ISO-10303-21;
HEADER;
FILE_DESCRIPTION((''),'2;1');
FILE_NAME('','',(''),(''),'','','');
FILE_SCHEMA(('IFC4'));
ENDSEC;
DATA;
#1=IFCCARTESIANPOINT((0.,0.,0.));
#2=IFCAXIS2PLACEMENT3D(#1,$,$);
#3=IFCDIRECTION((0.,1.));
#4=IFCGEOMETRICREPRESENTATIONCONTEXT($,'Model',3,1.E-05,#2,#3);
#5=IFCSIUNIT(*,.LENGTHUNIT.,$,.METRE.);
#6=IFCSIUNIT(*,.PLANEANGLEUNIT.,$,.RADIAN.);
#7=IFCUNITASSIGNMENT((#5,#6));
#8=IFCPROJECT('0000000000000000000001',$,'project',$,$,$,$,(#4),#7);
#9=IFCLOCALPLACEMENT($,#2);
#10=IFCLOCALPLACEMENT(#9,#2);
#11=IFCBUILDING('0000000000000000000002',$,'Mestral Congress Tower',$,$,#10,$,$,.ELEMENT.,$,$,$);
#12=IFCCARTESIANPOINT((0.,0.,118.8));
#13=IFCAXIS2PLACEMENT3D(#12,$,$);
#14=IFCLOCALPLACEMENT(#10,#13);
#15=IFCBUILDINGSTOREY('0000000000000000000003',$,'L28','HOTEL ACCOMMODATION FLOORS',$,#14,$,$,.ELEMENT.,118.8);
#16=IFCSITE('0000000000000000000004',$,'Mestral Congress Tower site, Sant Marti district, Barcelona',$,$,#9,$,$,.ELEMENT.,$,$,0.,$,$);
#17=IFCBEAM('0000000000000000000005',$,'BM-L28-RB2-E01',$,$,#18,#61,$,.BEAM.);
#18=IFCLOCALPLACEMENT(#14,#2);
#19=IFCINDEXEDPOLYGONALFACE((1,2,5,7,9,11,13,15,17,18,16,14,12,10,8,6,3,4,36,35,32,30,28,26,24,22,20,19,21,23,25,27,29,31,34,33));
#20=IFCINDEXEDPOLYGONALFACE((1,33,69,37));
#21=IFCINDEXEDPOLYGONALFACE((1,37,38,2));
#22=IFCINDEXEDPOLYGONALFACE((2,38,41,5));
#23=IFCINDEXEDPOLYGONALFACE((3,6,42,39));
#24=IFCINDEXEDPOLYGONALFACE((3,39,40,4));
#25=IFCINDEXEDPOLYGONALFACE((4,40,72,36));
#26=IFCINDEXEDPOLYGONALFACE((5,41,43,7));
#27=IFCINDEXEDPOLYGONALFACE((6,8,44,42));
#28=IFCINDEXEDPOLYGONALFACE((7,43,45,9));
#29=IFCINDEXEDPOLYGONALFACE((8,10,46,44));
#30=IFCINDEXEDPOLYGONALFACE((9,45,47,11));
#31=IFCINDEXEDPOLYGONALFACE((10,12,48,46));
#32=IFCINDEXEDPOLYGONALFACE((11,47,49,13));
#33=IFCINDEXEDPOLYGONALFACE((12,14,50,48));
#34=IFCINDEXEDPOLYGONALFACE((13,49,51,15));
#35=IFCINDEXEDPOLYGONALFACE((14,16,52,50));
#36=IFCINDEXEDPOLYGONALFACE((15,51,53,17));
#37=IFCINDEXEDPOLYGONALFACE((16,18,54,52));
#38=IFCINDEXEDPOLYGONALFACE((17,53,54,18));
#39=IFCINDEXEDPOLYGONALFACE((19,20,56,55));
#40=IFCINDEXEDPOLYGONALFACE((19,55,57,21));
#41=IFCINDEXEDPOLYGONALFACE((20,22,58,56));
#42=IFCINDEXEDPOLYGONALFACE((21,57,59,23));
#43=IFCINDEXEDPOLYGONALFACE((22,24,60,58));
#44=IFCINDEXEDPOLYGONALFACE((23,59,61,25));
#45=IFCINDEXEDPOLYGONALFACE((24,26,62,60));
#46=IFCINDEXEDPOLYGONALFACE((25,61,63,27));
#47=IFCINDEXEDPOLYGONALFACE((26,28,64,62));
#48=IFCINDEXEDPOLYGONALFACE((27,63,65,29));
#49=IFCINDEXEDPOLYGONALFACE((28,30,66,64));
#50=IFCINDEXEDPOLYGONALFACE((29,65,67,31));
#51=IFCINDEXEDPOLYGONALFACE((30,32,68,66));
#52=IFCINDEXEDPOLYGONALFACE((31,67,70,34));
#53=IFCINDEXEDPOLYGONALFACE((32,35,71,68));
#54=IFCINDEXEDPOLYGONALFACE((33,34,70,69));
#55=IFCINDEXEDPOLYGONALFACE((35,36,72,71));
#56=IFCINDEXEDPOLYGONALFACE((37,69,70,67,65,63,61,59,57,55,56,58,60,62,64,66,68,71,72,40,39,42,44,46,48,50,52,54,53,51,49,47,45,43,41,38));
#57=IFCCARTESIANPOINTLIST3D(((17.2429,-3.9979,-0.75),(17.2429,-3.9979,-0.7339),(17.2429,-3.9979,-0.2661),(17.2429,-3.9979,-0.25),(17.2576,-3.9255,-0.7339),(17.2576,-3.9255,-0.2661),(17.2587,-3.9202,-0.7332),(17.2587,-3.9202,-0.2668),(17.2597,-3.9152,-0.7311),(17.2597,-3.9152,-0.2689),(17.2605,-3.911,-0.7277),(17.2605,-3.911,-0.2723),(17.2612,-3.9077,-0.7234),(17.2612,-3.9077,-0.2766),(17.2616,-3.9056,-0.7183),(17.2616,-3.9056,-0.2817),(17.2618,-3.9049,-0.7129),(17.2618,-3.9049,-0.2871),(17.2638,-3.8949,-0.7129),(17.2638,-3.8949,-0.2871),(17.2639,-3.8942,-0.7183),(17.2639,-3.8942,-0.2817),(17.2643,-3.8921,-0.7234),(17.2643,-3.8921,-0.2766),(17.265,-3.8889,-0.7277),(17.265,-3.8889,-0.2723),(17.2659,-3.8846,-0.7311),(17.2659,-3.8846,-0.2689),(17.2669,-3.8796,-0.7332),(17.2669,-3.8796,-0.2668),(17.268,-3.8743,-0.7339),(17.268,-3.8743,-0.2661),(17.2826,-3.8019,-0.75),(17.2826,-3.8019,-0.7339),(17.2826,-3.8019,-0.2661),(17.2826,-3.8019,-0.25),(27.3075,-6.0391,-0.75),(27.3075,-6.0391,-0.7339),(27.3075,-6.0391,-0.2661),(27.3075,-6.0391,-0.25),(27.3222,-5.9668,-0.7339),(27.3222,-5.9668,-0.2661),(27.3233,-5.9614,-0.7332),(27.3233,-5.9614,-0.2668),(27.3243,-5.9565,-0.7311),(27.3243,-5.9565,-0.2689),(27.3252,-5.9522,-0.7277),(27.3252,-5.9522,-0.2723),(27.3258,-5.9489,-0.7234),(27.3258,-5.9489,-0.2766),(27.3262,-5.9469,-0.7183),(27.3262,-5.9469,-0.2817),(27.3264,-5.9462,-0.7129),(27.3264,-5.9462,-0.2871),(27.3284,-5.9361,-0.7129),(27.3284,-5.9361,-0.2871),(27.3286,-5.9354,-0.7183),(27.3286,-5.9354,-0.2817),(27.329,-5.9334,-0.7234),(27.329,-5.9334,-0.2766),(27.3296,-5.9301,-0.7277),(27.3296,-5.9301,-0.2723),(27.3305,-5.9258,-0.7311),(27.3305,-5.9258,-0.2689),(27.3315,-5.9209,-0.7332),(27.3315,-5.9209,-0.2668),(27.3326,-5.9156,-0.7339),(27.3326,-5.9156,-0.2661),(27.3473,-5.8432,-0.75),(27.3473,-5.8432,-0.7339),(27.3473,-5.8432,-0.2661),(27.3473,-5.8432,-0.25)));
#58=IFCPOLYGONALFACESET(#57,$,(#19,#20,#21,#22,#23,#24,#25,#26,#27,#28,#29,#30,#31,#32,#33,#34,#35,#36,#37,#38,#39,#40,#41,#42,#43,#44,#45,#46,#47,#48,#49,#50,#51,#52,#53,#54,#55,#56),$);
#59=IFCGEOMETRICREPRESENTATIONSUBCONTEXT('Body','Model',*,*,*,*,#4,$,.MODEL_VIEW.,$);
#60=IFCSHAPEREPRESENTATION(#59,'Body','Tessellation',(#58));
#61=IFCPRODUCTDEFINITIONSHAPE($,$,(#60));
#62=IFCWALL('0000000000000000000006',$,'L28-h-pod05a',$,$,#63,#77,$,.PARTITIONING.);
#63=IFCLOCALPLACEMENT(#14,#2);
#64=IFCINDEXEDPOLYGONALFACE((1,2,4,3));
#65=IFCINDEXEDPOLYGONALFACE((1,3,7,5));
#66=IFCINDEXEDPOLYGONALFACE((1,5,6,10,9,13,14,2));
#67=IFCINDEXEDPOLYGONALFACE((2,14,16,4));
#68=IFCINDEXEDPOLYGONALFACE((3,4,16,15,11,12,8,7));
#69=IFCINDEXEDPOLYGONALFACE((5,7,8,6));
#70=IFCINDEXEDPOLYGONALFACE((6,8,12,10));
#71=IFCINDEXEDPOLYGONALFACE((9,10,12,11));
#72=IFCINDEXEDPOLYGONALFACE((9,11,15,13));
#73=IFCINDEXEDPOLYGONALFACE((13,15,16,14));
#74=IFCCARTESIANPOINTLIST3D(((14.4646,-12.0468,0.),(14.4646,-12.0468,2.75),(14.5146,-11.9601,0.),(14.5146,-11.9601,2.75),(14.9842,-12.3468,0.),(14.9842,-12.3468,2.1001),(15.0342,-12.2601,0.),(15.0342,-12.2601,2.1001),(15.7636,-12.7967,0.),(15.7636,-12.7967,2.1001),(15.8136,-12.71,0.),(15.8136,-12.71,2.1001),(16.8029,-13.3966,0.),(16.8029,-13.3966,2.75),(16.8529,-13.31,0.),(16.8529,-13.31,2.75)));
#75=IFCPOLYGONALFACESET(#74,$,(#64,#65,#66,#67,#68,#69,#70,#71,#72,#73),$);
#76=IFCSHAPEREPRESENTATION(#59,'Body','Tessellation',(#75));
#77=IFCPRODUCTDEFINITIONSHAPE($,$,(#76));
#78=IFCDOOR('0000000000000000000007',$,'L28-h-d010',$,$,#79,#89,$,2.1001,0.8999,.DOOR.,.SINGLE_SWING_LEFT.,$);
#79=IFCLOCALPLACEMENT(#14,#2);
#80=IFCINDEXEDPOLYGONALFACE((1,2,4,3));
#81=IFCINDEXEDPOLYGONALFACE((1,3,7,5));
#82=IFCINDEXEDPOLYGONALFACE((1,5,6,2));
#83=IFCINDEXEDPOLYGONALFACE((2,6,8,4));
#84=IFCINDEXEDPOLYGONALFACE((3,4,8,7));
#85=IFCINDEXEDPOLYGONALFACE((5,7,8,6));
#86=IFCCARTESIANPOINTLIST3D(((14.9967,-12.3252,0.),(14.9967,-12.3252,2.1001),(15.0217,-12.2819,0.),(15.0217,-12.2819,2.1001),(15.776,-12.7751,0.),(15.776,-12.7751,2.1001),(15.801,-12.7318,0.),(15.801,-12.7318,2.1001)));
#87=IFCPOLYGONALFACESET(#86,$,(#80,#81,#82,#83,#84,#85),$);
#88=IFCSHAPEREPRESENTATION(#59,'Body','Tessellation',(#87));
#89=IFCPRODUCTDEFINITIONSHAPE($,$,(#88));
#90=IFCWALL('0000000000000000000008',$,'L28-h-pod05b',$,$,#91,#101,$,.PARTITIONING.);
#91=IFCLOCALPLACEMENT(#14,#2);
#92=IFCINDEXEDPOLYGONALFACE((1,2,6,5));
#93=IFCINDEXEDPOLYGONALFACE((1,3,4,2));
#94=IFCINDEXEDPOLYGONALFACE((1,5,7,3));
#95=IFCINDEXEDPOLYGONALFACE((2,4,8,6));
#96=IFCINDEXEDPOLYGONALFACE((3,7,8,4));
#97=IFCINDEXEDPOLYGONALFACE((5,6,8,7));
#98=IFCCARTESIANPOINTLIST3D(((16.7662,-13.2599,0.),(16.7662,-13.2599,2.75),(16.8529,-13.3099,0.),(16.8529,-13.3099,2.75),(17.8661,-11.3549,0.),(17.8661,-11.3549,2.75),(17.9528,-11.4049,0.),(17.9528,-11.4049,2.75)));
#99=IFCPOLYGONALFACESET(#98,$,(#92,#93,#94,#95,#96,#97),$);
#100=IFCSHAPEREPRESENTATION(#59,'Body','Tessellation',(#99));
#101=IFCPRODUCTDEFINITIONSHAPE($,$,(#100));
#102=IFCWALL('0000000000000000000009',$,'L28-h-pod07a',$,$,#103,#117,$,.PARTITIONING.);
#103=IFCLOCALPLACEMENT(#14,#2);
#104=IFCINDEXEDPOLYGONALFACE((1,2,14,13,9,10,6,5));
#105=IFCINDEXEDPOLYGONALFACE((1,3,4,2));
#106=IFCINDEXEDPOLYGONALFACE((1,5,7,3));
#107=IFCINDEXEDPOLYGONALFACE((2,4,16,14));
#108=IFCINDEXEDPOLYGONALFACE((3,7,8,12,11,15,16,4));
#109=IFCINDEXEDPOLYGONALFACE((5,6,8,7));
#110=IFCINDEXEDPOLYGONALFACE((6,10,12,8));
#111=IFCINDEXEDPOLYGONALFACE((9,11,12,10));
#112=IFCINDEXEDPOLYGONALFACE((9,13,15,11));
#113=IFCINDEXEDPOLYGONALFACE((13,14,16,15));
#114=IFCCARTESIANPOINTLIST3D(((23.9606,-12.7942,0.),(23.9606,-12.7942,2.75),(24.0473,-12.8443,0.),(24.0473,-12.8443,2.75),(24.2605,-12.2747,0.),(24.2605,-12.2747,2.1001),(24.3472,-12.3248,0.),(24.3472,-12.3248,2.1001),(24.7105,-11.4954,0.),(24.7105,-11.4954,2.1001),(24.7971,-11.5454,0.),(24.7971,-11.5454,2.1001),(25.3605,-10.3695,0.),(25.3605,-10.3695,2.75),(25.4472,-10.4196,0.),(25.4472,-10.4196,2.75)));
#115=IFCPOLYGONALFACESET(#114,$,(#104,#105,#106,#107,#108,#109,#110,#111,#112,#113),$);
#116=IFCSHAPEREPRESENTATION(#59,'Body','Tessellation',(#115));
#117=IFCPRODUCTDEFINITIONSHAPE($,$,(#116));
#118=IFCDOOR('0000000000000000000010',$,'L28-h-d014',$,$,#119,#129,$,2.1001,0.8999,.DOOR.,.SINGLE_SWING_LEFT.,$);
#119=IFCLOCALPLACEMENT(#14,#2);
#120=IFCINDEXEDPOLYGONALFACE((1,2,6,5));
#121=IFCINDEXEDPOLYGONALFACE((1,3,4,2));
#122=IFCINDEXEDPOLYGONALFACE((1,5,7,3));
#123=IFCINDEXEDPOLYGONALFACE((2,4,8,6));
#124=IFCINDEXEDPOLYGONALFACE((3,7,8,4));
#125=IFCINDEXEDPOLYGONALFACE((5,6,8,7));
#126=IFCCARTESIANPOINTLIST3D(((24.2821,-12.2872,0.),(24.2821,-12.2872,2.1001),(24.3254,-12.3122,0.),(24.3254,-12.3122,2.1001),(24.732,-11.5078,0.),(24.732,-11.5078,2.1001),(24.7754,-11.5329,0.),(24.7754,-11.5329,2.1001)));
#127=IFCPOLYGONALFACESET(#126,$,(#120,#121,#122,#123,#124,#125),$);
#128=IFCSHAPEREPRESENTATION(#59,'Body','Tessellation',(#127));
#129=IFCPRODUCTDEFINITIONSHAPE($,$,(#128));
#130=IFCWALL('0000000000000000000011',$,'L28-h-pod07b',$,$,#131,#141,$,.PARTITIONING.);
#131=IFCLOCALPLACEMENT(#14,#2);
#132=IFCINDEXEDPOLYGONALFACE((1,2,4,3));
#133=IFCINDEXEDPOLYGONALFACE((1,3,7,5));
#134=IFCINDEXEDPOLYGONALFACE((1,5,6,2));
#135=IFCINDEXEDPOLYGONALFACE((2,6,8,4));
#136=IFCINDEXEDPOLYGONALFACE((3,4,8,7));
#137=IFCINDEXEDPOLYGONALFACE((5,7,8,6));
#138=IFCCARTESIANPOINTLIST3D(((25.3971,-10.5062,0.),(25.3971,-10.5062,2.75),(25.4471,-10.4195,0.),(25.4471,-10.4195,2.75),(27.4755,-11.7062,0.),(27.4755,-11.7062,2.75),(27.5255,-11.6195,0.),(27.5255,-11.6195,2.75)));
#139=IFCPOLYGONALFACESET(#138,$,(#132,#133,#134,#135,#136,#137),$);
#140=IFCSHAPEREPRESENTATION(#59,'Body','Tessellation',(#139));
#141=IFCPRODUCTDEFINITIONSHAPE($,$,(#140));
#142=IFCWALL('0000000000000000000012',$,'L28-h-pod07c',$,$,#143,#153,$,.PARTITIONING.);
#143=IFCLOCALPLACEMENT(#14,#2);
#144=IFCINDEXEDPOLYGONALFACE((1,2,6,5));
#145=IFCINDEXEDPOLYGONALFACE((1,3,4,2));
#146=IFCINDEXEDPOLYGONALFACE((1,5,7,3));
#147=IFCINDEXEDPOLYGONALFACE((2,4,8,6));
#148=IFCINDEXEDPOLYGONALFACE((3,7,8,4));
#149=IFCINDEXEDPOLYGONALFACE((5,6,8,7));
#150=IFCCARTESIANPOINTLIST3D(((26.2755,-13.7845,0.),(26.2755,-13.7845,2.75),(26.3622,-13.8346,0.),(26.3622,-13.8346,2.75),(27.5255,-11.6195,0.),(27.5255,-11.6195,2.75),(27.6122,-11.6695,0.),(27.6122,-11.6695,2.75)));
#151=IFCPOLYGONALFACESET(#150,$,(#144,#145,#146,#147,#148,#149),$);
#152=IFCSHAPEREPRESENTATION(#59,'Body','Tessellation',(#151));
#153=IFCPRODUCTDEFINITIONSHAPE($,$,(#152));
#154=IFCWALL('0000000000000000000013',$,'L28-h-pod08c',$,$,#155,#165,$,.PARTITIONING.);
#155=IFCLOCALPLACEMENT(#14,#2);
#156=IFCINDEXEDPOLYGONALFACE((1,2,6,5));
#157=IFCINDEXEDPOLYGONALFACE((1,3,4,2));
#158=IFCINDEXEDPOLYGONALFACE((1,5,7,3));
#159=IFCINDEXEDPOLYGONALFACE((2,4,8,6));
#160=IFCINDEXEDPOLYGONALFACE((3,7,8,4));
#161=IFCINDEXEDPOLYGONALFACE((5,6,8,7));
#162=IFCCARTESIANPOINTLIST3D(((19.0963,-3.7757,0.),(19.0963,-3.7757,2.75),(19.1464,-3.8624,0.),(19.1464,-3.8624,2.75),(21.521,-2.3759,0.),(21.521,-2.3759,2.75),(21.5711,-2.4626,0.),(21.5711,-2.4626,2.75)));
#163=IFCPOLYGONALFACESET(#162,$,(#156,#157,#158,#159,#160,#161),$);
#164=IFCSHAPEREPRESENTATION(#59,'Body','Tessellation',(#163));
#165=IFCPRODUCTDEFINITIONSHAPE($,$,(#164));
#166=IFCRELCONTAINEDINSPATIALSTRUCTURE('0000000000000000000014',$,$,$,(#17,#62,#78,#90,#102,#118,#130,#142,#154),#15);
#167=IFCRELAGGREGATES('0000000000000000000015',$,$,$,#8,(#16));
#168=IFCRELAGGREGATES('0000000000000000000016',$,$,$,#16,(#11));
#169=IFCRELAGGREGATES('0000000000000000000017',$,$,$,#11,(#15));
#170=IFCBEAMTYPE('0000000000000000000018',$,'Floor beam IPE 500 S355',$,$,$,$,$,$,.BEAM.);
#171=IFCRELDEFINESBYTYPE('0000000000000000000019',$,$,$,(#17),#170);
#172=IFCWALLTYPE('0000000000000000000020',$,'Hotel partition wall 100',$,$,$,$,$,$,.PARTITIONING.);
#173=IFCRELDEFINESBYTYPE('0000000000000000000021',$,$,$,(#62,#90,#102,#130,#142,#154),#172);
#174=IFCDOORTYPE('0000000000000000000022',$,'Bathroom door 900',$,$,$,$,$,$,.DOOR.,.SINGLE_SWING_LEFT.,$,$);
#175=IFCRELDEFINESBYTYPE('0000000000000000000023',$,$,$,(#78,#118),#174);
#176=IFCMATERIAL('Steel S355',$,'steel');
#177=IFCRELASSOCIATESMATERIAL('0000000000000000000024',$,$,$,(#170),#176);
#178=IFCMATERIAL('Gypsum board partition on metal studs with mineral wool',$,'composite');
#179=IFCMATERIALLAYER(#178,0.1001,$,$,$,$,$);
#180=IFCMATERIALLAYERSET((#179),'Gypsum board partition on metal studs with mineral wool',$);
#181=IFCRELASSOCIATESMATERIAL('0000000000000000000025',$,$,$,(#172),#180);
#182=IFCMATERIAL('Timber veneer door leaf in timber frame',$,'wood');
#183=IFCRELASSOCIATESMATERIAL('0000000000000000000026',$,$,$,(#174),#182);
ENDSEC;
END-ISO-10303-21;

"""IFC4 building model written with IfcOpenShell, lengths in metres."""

from ifc_helpers import new_model, si_unit, direction, frame, frame_2d, origin, origin_2d, place, context, subcontext, project, spatial, rectangle, i_section, extrude, material, layer, layer_set, material_profile, profile_set, type_object, element, fill, save


model = new_model("IFC4")

# Units and contexts
model_context = context("Model", 3, precision=1e-05, world=origin(), true_north=direction((0.0, 1.0)))
body_context = subcontext(model_context, "Body", "Model", "MODEL_VIEW")
ifc_project = project(units=[si_unit("LENGTHUNIT", "METRE"), si_unit("PLANEANGLEUNIT", "RADIAN")], contexts=[model_context])

# Site, building, storey
site_placement = place(None, origin())
site = spatial("IfcSite", under=ifc_project, at=site_placement, Name="Mestral Congress Tower site, Sant Marti district, Barcelona", CompositionType="ELEMENT", RefElevation=0.0)
building_placement = place(site_placement, origin())
building = spatial("IfcBuilding", under=site, at=building_placement, Name="Mestral Congress Tower", CompositionType="ELEMENT")
storey_placement = place(building_placement, frame((0.0, 0.0, 118.8)))
storey = spatial("IfcBuildingStorey", under=building, at=storey_placement, Name="L28", Description="HOTEL ACCOMMODATION FLOORS", CompositionType="ELEMENT", Elevation=118.8)

# Beam
ifc_material_1 = material(Name="Steel S355", Category="steel")
ifc_material_profile = material_profile(ifc_material_1, i_section(OverallWidth=0.2, OverallDepth=0.5, WebThickness=0.0103, FlangeThickness=0.0161, FilletRadius=0.021, at=origin_2d()), Name="IPE 500")
ifc_profile_set = profile_set([ifc_material_profile], Name="Steel S355")
beam_type = type_object("IfcBeamType", Name="Floor beam IPE 500 S355", PredefinedType="BEAM", material=ifc_profile_set)
beam_placement = place(storey_placement, frame((27.3274, -5.9412, -0.5), z_axis=(-0.980047, 0.198767, 0.0), x_axis=(-0.198767, -0.980047, 0.0)))
element("IfcBeam", 1, at=beam_placement, inside=storey, type_object=beam_type, Name="BM-L28-RB2-E01", PredefinedType="BEAM", context=body_context, shape_type="SweptSolid", body=[
    extrude(i_section(OverallWidth=0.2, OverallDepth=0.5, WebThickness=0.0103, FlangeThickness=0.0161, FilletRadius=0.021, at=origin_2d()), origin(), (0.0, 0.0, 1.0), 10.2695),
])

# Wall, opening, door
ifc_material_2 = material(Name="Gypsum board partition on metal studs with mineral wool", Category="composite")
ifc_layer_1 = layer(ifc_material_2, 0.1001)
ifc_layer_set_1 = layer_set([ifc_layer_1], Name="Gypsum board partition on metal studs with mineral wool")
wall_type_1 = type_object("IfcWallType", Name="Hotel partition wall 100", PredefinedType="PARTITIONING", material=ifc_layer_set_1)
wall_1_placement = place(storey_placement, frame((14.4895, -12.0034, 0.0), z_axis=(0.0, 0.0, 1.0), x_axis=(0.866059, -0.499942, 0.0)))
wall_1 = element("IfcWall", 2, at=wall_1_placement, inside=storey, type_object=wall_type_1, Name="L28-h-pod05a", PredefinedType="PARTITIONING", context=body_context, shape_type="SweptSolid", body=[
    extrude(rectangle(XDim=2.7, YDim=0.1001, at=frame_2d((1.3501, 0.0))), origin(), (0.0, 0.0, 1.0), 2.75),
])
opening_1_placement = place(wall_1_placement, frame((0.6001, 0.0, 0.0)))
opening_1 = element("IfcOpeningElement", 3, at=opening_1_placement, cuts=wall_1, PredefinedType="OPENING", context=body_context, shape_type="SweptSolid", body=[
    extrude(rectangle(XDim=0.8999, YDim=2.1001, at=frame_2d((0.45, 1.05))), frame((0.0, 0.0601, 0.0), z_axis=(0.0, -1.0, 0.0), x_axis=(1.0, 0.0, 0.0)), (0.0, 0.0, 1.0), 0.1201),
])
ifc_material_3 = material(Name="Timber veneer door leaf in timber frame", Category="wood")
door_type_1 = type_object("IfcDoorType", Name="Bathroom door 900", OperationType="SINGLE_SWING_LEFT", PredefinedType="DOOR", material=ifc_material_3)
door_1_placement = place(opening_1_placement, origin())
door_1 = element("IfcDoor", 4, at=door_1_placement, inside=storey, type_object=door_type_1, Name="L28-h-d010", OperationType="SINGLE_SWING_LEFT", OverallHeight=2.1001, OverallWidth=0.8999, PredefinedType="DOOR", context=body_context, shape_type="SweptSolid", body=[
    extrude(rectangle(XDim=0.8999, YDim=2.1001, at=frame_2d((0.45, 1.05))), frame((0.0, 0.0249, 0.0), z_axis=(0.0, -1.0, 0.0), x_axis=(1.0, 0.0, 0.0)), (0.0, 0.0, 1.0), 0.05),
])
fill(opening_1, door_1)

# Wall
wall_2_placement = place(storey_placement, frame((16.8096, -13.2849, 0.0), z_axis=(0.0, 0.0, 1.0), x_axis=(0.499995, 0.866028, 0.0)))
element("IfcWall", 5, at=wall_2_placement, inside=storey, type_object=wall_type_1, Name="L28-h-pod05b", PredefinedType="PARTITIONING", context=body_context, shape_type="SweptSolid", body=[
    extrude(rectangle(XDim=2.1997, YDim=0.1001, at=frame_2d((1.0999, 0.0))), origin(), (0.0, 0.0, 1.0), 2.75),
])

# Wall, opening, door
wall_3_placement = place(storey_placement, frame((25.4038, -10.3945, 0.0), z_axis=(0.0, 0.0, 1.0), x_axis=(-0.499984, -0.866035, 0.0)))
wall_3 = element("IfcWall", 6, at=wall_3_placement, inside=storey, type_object=wall_type_1, Name="L28-h-pod07a", PredefinedType="PARTITIONING", context=body_context, shape_type="SweptSolid", body=[
    extrude(rectangle(XDim=2.7998, YDim=0.1001, at=frame_2d((1.3999, 0.0))), origin(), (0.0, 0.0, 1.0), 2.75),
])
opening_2_placement = place(wall_3_placement, frame((1.3, 0.0, 0.0)))
opening_2 = element("IfcOpeningElement", 7, at=opening_2_placement, cuts=wall_3, PredefinedType="OPENING", context=body_context, shape_type="SweptSolid", body=[
    extrude(rectangle(XDim=0.8999, YDim=2.1001, at=frame_2d((0.45, 1.05))), frame((0.0, 0.0601, 0.0), z_axis=(0.0, -1.0, 0.0), x_axis=(1.0, 0.0, 0.0)), (0.0, 0.0, 1.0), 0.1201),
])
door_2_placement = place(opening_2_placement, origin())
door_2 = element("IfcDoor", 8, at=door_2_placement, inside=storey, type_object=door_type_1, Name="L28-h-d014", OperationType="SINGLE_SWING_LEFT", OverallHeight=2.1001, OverallWidth=0.8999, PredefinedType="DOOR", context=body_context, shape_type="SweptSolid", body=[
    extrude(rectangle(XDim=0.8999, YDim=2.1001, at=frame_2d((0.45, 1.05))), frame((0.0, 0.0249, 0.0), z_axis=(0.0, -1.0, 0.0), x_axis=(1.0, 0.0, 0.0)), (0.0, 0.0, 1.0), 0.05),
])
fill(opening_2, door_2)

# Walls
wall_4_placement = place(storey_placement, frame((25.4221, -10.4629, 0.0), z_axis=(0.0, 0.0, 1.0), x_axis=(0.866025, -0.500001, 0.0)))
element("IfcWall", 9, at=wall_4_placement, inside=storey, type_object=wall_type_1, Name="L28-h-pod07b", PredefinedType="PARTITIONING", context=body_context, shape_type="SweptSolid", body=[
    extrude(rectangle(XDim=2.3999, YDim=0.1001, at=frame_2d((1.2, 0.0))), origin(), (0.0, 0.0, 1.0), 2.75),
])
wall_5_placement = place(storey_placement, frame((26.3188, -13.8096, 0.0), z_axis=(0.0, 0.0, 1.0), x_axis=(0.500004, 0.866023, 0.0)))
element("IfcWall", 10, at=wall_5_placement, inside=storey, type_object=wall_type_1, Name="L28-h-pod07c", PredefinedType="PARTITIONING", context=body_context, shape_type="SweptSolid", body=[
    extrude(rectangle(XDim=2.5, YDim=0.1001, at=frame_2d((1.25, 0.0))), origin(), (0.0, 0.0, 1.0), 2.75),
])
wall_6_placement = place(storey_placement, frame((19.1213, -3.8191, 0.0), z_axis=(0.0, 0.0, 1.0), x_axis=(0.866035, 0.499984, 0.0)))
element("IfcWall", 11, at=wall_6_placement, inside=storey, type_object=wall_type_1, Name="L28-h-pod08c", PredefinedType="PARTITIONING", context=body_context, shape_type="SweptSolid", body=[
    extrude(rectangle(XDim=2.7998, YDim=0.1001, at=frame_2d((1.3999, 0.0))), origin(), (0.0, 0.0, 1.0), 2.75),
])

save(model, "model.ifc")
